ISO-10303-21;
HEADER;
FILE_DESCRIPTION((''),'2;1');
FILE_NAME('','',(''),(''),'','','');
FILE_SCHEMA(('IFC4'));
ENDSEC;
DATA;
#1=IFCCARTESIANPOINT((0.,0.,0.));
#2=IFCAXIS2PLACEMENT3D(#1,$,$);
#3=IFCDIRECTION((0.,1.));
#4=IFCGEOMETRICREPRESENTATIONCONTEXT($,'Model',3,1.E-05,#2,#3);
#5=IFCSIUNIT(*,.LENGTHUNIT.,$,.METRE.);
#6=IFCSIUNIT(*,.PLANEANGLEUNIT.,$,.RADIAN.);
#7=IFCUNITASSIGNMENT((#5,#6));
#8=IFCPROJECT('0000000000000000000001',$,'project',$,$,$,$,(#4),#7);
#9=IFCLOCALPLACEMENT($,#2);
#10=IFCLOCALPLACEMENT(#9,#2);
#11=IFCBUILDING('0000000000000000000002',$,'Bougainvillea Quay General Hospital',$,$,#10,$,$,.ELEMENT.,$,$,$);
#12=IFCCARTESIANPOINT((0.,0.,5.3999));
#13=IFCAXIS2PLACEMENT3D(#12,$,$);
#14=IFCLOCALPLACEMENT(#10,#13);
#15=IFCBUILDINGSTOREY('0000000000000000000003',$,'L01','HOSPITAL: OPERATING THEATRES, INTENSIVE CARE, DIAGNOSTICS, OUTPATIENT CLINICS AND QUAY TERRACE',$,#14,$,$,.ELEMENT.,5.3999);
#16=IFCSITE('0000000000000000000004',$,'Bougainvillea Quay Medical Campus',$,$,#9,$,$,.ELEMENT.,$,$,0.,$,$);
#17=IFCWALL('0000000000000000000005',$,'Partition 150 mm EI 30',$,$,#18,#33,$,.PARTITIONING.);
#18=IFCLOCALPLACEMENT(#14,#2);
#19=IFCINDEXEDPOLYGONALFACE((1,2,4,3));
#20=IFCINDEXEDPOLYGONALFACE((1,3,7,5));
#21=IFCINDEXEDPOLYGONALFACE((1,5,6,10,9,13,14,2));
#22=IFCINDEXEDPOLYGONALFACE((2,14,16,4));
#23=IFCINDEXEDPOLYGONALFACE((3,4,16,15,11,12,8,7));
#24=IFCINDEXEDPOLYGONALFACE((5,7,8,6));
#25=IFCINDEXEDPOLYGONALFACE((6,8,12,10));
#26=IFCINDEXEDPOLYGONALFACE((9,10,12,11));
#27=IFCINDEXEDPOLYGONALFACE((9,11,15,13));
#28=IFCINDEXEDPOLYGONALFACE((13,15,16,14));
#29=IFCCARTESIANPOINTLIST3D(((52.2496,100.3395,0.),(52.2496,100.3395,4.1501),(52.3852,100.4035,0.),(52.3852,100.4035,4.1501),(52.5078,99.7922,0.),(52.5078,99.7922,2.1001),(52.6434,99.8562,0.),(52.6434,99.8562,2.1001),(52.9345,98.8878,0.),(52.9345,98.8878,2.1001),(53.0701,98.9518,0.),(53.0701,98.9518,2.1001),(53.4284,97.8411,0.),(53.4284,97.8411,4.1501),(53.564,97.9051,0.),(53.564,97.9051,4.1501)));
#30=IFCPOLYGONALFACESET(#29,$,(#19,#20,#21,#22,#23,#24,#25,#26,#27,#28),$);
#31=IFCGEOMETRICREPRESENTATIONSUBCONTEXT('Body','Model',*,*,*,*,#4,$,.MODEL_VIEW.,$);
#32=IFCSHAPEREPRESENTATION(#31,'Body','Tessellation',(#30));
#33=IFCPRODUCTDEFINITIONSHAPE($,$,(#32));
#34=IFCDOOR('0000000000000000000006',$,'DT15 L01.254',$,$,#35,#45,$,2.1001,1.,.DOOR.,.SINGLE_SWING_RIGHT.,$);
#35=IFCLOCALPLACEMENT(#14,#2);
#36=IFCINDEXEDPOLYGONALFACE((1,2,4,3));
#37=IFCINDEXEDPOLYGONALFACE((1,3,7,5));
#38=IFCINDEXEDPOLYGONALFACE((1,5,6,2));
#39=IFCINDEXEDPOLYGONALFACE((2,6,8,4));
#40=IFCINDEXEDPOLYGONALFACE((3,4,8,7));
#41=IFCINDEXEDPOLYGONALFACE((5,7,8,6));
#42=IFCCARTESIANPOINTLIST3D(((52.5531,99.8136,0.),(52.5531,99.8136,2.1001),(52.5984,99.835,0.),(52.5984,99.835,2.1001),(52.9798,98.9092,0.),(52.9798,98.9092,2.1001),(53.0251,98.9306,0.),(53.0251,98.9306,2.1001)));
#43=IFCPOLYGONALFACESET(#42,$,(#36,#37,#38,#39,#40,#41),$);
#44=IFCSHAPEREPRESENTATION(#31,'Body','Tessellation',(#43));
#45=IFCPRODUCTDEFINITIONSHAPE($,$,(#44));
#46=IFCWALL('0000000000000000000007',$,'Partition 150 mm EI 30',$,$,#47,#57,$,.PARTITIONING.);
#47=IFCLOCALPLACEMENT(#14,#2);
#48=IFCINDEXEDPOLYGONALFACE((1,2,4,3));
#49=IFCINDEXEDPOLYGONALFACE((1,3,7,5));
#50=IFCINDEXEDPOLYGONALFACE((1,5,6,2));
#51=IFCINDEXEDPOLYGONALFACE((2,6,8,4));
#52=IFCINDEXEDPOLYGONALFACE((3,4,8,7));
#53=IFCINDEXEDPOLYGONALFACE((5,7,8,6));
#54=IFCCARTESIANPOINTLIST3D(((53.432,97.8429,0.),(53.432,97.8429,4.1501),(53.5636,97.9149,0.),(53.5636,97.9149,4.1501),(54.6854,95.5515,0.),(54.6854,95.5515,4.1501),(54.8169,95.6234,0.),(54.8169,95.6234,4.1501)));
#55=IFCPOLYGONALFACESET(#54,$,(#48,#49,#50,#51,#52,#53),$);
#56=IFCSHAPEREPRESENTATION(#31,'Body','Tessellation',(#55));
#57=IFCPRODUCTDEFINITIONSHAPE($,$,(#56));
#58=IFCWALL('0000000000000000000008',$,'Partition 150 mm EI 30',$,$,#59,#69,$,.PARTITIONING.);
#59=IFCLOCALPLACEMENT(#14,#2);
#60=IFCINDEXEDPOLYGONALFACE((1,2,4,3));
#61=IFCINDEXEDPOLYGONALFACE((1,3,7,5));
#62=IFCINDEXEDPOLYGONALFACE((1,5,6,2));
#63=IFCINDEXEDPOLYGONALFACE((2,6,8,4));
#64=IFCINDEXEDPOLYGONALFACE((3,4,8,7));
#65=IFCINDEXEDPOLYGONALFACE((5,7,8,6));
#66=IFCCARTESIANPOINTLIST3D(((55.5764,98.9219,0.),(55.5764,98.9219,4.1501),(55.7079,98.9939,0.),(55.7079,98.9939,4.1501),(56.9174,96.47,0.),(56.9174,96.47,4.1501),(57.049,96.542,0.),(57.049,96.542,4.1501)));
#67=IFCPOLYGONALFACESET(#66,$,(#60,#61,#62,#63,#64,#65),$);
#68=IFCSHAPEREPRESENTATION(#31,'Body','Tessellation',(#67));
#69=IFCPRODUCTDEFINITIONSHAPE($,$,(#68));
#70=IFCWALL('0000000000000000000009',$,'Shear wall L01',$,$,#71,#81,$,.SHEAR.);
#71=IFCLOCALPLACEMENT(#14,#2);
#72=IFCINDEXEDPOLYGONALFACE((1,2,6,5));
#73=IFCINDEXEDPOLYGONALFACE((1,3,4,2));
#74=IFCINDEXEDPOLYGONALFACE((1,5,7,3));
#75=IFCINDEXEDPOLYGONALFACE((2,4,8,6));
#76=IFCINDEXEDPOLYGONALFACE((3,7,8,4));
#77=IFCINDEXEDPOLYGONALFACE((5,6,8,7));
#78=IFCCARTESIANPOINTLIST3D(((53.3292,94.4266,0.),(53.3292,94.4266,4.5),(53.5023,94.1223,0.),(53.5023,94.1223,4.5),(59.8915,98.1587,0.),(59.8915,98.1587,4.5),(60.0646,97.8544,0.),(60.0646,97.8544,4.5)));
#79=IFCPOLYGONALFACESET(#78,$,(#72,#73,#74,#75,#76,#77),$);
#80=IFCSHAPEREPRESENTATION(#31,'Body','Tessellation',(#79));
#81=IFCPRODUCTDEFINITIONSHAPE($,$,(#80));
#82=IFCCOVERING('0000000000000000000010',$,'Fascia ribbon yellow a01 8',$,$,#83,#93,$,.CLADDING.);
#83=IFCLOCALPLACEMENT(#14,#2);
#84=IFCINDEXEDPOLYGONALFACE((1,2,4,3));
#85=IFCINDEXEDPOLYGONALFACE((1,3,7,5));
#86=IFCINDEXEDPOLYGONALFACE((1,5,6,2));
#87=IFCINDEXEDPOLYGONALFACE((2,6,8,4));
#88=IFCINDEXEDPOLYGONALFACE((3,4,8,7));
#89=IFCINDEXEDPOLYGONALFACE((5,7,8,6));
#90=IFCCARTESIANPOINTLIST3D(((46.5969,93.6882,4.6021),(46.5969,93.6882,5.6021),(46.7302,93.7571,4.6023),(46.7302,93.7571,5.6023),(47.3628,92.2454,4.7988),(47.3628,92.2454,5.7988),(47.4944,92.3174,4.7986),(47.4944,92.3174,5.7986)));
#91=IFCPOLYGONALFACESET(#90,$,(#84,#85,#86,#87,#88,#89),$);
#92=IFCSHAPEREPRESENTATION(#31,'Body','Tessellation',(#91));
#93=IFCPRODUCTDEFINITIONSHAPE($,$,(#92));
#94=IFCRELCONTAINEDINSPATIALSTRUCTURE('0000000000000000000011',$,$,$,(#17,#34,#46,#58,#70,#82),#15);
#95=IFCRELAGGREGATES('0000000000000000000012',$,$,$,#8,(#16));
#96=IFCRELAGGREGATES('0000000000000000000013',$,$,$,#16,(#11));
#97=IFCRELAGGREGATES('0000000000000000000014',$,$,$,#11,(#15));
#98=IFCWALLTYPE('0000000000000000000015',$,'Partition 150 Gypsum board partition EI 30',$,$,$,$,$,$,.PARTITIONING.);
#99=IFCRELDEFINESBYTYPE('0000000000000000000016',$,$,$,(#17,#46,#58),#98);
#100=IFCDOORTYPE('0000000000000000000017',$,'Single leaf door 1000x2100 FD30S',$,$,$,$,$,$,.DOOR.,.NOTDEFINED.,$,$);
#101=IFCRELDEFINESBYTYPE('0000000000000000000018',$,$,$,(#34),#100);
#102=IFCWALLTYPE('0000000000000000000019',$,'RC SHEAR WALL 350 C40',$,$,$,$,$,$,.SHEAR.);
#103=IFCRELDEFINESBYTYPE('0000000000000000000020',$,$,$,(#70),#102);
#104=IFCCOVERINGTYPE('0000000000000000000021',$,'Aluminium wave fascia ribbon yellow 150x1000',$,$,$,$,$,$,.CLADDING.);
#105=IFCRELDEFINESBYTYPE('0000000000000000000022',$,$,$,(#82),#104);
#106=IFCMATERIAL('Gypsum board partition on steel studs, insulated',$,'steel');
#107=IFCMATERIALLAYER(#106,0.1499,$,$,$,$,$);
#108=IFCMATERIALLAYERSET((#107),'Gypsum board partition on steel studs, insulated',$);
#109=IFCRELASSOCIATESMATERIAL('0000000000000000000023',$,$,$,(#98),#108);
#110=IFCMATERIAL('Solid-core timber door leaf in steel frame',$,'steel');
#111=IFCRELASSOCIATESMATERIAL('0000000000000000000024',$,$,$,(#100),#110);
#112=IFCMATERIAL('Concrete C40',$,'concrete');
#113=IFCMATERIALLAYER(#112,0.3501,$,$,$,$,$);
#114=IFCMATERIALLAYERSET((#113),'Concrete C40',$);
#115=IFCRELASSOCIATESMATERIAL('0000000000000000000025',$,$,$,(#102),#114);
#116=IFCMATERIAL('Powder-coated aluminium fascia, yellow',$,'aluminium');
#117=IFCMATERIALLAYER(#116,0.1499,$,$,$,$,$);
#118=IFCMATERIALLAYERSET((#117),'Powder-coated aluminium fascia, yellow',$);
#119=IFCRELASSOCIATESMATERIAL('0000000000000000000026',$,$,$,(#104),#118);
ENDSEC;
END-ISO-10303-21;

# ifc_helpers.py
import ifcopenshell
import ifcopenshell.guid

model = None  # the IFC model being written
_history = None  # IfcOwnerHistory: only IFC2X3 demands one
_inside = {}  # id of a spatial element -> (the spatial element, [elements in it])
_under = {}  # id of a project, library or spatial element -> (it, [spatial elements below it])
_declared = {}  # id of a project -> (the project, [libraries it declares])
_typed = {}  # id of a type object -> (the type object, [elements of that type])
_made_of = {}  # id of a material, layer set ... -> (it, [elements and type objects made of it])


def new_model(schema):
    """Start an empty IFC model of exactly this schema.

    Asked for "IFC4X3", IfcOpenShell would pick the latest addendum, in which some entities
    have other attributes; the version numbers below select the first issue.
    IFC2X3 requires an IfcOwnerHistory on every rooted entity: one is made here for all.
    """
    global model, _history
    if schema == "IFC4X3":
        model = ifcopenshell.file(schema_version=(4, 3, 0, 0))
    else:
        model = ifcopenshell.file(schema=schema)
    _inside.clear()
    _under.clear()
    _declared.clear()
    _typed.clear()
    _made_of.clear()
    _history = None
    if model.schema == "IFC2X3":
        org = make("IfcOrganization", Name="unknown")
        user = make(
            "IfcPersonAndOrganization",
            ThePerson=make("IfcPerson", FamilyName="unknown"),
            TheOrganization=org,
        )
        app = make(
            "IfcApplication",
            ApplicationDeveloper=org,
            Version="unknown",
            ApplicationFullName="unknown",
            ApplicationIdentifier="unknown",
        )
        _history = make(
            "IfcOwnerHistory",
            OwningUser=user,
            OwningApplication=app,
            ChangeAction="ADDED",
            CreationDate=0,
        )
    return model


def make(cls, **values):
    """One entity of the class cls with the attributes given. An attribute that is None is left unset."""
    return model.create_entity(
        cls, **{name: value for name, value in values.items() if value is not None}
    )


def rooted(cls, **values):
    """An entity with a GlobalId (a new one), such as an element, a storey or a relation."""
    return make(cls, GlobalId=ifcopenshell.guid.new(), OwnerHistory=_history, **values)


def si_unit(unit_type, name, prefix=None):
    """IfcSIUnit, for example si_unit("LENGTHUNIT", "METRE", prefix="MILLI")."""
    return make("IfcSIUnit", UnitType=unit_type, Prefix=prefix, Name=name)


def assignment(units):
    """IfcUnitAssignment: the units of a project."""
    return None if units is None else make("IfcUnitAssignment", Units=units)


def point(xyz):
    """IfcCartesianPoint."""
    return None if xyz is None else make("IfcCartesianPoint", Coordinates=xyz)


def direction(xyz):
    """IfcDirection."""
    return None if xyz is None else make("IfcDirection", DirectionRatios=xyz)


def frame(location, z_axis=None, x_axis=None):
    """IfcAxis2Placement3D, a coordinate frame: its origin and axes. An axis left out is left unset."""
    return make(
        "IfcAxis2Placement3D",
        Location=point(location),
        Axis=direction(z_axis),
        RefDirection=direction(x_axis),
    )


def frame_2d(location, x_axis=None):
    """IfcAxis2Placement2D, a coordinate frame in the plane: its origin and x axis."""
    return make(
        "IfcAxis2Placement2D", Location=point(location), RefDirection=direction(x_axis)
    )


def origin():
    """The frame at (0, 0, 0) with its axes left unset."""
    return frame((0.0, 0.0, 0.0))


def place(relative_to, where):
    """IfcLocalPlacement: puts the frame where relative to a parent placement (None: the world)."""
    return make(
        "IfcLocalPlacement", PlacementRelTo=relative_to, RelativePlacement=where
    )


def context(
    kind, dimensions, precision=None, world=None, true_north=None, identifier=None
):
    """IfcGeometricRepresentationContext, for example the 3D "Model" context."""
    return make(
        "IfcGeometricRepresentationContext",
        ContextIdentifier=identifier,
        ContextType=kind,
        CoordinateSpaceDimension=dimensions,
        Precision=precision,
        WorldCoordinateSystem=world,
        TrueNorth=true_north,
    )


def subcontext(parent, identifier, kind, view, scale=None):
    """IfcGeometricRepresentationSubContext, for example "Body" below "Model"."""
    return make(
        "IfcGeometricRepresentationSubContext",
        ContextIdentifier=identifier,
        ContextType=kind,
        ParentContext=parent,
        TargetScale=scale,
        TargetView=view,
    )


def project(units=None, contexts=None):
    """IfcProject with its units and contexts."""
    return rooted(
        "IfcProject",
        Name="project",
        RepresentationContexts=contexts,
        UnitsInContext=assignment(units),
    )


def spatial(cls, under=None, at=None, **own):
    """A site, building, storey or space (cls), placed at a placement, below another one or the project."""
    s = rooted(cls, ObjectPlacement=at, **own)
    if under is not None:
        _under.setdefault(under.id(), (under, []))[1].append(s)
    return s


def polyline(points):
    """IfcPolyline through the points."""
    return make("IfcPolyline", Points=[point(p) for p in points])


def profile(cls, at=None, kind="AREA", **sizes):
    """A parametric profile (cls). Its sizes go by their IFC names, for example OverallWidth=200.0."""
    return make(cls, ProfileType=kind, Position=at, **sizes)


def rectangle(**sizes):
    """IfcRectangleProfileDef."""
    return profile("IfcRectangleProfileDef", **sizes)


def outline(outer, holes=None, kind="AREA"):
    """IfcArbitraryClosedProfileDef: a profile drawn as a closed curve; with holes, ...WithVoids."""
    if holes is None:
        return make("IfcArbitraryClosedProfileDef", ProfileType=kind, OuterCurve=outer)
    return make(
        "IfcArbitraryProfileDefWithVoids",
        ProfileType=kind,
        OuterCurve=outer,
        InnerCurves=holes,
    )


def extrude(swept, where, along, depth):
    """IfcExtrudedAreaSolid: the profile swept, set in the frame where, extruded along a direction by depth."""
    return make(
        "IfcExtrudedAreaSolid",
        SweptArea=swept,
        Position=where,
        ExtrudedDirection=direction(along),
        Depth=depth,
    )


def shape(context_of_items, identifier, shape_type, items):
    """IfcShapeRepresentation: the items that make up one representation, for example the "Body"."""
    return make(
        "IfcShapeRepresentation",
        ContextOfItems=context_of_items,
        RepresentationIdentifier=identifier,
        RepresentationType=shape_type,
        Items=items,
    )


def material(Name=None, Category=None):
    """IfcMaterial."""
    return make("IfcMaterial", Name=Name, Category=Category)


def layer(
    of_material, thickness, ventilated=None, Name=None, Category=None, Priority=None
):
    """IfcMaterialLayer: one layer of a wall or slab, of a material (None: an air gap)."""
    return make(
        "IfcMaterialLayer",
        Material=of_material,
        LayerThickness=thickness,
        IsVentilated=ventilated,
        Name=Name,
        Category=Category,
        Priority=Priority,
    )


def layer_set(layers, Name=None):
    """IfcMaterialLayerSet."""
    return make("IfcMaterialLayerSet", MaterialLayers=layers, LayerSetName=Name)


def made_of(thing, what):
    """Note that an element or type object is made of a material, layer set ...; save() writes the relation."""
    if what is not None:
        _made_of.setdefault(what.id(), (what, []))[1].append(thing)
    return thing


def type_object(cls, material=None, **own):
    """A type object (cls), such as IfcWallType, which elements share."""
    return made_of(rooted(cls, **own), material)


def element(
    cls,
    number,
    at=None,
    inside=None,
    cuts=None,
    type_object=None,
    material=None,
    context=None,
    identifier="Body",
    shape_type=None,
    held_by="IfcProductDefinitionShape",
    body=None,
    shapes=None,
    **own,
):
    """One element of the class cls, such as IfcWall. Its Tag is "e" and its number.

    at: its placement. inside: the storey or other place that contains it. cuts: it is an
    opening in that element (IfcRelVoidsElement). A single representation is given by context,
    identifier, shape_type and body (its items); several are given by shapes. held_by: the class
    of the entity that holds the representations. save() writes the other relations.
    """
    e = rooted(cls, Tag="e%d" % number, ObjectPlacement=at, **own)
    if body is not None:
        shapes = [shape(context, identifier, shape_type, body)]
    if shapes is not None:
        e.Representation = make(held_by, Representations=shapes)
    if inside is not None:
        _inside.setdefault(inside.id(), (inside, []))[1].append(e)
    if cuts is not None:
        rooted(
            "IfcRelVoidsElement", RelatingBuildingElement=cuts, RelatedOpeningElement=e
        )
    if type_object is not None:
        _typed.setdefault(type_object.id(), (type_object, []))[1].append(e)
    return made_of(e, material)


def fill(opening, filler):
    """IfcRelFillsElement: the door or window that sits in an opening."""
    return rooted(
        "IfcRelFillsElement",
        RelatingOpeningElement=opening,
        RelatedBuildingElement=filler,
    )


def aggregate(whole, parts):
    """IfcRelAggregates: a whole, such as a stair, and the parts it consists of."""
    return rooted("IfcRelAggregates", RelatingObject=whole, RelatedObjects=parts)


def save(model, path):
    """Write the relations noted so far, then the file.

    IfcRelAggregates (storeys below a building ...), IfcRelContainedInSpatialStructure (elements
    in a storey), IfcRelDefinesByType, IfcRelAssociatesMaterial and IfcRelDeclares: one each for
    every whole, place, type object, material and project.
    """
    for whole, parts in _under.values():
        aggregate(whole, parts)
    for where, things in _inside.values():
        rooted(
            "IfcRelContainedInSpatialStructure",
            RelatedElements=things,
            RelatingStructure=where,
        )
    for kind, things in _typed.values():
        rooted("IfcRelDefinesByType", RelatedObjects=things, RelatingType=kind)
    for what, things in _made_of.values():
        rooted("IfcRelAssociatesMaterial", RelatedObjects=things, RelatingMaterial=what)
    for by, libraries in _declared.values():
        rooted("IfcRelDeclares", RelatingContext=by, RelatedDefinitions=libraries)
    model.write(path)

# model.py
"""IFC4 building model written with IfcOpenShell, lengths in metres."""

from ifc_helpers import new_model, si_unit, direction, frame, frame_2d, origin, place, context, subcontext, project, spatial, polyline, rectangle, outline, extrude, material, layer, layer_set, type_object, element, fill, save


model = new_model("IFC4")

# Units and contexts
model_context = context("Model", 3, precision=1e-05, world=origin(), true_north=direction((0.0, 1.0)))
body_context = subcontext(model_context, "Body", "Model", "MODEL_VIEW")
ifc_project = project(units=[si_unit("LENGTHUNIT", "METRE"), si_unit("PLANEANGLEUNIT", "RADIAN")], contexts=[model_context])

# Site, building, storey
site_placement = place(None, origin())
site = spatial("IfcSite", under=ifc_project, at=site_placement, Name="Bougainvillea Quay Medical Campus", CompositionType="ELEMENT", RefElevation=0.0)
building_placement = place(site_placement, origin())
building = spatial("IfcBuilding", under=site, at=building_placement, Name="Bougainvillea Quay General Hospital", CompositionType="ELEMENT")
storey_placement = place(building_placement, frame((0.0, 0.0, 5.3999)))
storey = spatial("IfcBuildingStorey", under=building, at=storey_placement, Name="L01", Description="HOSPITAL: OPERATING THEATRES, INTENSIVE CARE, DIAGNOSTICS, OUTPATIENT CLINICS AND QUAY TERRACE", CompositionType="ELEMENT", Elevation=5.3999)

# Wall, opening, door
ifc_material_1 = material(Name="Gypsum board partition on steel studs, insulated", Category="steel")
ifc_layer_1 = layer(ifc_material_1, 0.1499)
ifc_layer_set_1 = layer_set([ifc_layer_1], Name="Gypsum board partition on steel studs, insulated")
wall_type_1 = type_object("IfcWallType", Name="Partition 150 Gypsum board partition EI 30", PredefinedType="PARTITIONING", material=ifc_layer_set_1)
wall_1_placement = place(storey_placement, frame((52.3174, 100.3716, 0.0), z_axis=(0.0, 0.0, 1.0), x_axis=(0.426699, -0.904394, 0.0)))
wall_1 = element("IfcWall", 1, at=wall_1_placement, inside=storey, type_object=wall_type_1, Name="Partition 150 mm EI 30", PredefinedType="PARTITIONING", context=body_context, shape_type="SweptSolid", body=[
    extrude(rectangle(XDim=2.7625, YDim=0.1499, at=frame_2d((1.3813, 0.0))), origin(), (0.0, 0.0, 1.0), 4.1501),
])
opening_placement = place(wall_1_placement, frame((0.6052, 0.0, 0.0)))
opening = element("IfcOpeningElement", 2, at=opening_placement, cuts=wall_1, PredefinedType="OPENING", context=body_context, shape_type="SweptSolid", body=[
    extrude(rectangle(XDim=1.0, YDim=2.1001, at=frame_2d((0.5, 1.05))), frame((0.0, 0.085, 0.0), z_axis=(0.0, -1.0, 0.0), x_axis=(1.0, 0.0, 0.0)), (0.0, 0.0, 1.0), 0.1699),
])
ifc_material_2 = material(Name="Solid-core timber door leaf in steel frame", Category="steel")
door_type = type_object("IfcDoorType", Name="Single leaf door 1000x2100 FD30S", OperationType="NOTDEFINED", PredefinedType="DOOR", material=ifc_material_2)
door_placement = place(opening_placement, frame((1.0, 0.0, 0.0), z_axis=(0.0, 0.0, 1.0), x_axis=(-1.0, 0.0, 0.0)))
door = element("IfcDoor", 3, at=door_placement, inside=storey, type_object=door_type, Name="DT15 L01.254", OperationType="SINGLE_SWING_RIGHT", OverallHeight=2.1001, OverallWidth=1.0, PredefinedType="DOOR", context=body_context, shape_type="SweptSolid", body=[
    extrude(rectangle(XDim=1.0, YDim=2.1001, at=frame_2d((0.5, 1.05))), frame((0.0, 0.0249, 0.0), z_axis=(0.0, -1.0, 0.0), x_axis=(1.0, 0.0, 0.0)), (0.0, 0.0, 1.0), 0.05),
])
fill(opening, door)

# Walls
wall_2_placement = place(storey_placement, frame((53.4978, 97.8789, 0.0), z_axis=(0.0, 0.0, 1.0), x_axis=(0.479887, -0.877331, 0.0)))
element("IfcWall", 4, at=wall_2_placement, inside=storey, type_object=wall_type_1, Name="Partition 150 mm EI 30", PredefinedType="PARTITIONING", context=body_context, shape_type="SweptSolid", body=[
    extrude(rectangle(XDim=2.6118, YDim=0.1499, at=frame_2d((1.3059, 0.0))), origin(), (0.0, 0.0, 1.0), 4.1501),
])
wall_3_placement = place(storey_placement, frame((55.6421, 98.958, 0.0), z_axis=(0.0, 0.0, 1.0), x_axis=(0.479862, -0.877344, 0.0)))
element("IfcWall", 5, at=wall_3_placement, inside=storey, type_object=wall_type_1, Name="Partition 150 mm EI 30", PredefinedType="PARTITIONING", context=body_context, shape_type="SweptSolid", body=[
    extrude(rectangle(XDim=2.7947, YDim=0.1499, at=frame_2d((1.3975, 0.0))), origin(), (0.0, 0.0, 1.0), 4.1501),
])
ifc_material_3 = material(Name="Concrete C40", Category="concrete")
ifc_layer_2 = layer(ifc_material_3, 0.3501)
ifc_layer_set_2 = layer_set([ifc_layer_2], Name="Concrete C40")
wall_type_2 = type_object("IfcWallType", Name="RC SHEAR WALL 350 C40", PredefinedType="SHEAR", material=ifc_layer_set_2)
wall_4_placement = place(storey_placement, frame((53.4158, 94.2744, 0.0), z_axis=(0.0, 0.0, 1.0), x_axis=(0.86925, 0.494372, 0.0)))
element("IfcWall", 6, at=wall_4_placement, inside=storey, type_object=wall_type_2, Name="Shear wall L01", PredefinedType="SHEAR", context=body_context, shape_type="SweptSolid", body=[
    extrude(rectangle(XDim=7.5493, YDim=0.3501, at=frame_2d((3.7747, 0.0))), origin(), (0.0, 0.0, 1.0), 4.5),
])

# Covering
ifc_material_4 = material(Name="Powder-coated aluminium fascia, yellow", Category="aluminium")
ifc_layer_3 = layer(ifc_material_4, 0.1499)
ifc_layer_set_3 = layer_set([ifc_layer_3], Name="Powder-coated aluminium fascia, yellow")
covering_type = type_object("IfcCoveringType", Name="Aluminium wave fascia ribbon yellow 150x1000", PredefinedType="CLADDING", material=ifc_layer_set_3)
covering_placement = place(storey_placement, frame((46.7302, 93.7571, 4.6023), z_axis=(-0.056147, 0.105579, 0.992825), x_axis=(0.465466, -0.87695, 0.11958)))
element("IfcCovering", 7, at=covering_placement, inside=storey, type_object=covering_type, Name="Fascia ribbon yellow a01 8", PredefinedType="CLADDING", context=body_context, shape_type="SweptSolid", body=[
    extrude(outline(polyline([(0.0, 0.0), (1.6417, 0.0), (1.6436, -0.15), (-0.0017, -0.15), (0.0, 0.0)])), origin(), (0.11958, 0.000094, 0.992825), 1.0),
])

save(model, "model.ifc")
